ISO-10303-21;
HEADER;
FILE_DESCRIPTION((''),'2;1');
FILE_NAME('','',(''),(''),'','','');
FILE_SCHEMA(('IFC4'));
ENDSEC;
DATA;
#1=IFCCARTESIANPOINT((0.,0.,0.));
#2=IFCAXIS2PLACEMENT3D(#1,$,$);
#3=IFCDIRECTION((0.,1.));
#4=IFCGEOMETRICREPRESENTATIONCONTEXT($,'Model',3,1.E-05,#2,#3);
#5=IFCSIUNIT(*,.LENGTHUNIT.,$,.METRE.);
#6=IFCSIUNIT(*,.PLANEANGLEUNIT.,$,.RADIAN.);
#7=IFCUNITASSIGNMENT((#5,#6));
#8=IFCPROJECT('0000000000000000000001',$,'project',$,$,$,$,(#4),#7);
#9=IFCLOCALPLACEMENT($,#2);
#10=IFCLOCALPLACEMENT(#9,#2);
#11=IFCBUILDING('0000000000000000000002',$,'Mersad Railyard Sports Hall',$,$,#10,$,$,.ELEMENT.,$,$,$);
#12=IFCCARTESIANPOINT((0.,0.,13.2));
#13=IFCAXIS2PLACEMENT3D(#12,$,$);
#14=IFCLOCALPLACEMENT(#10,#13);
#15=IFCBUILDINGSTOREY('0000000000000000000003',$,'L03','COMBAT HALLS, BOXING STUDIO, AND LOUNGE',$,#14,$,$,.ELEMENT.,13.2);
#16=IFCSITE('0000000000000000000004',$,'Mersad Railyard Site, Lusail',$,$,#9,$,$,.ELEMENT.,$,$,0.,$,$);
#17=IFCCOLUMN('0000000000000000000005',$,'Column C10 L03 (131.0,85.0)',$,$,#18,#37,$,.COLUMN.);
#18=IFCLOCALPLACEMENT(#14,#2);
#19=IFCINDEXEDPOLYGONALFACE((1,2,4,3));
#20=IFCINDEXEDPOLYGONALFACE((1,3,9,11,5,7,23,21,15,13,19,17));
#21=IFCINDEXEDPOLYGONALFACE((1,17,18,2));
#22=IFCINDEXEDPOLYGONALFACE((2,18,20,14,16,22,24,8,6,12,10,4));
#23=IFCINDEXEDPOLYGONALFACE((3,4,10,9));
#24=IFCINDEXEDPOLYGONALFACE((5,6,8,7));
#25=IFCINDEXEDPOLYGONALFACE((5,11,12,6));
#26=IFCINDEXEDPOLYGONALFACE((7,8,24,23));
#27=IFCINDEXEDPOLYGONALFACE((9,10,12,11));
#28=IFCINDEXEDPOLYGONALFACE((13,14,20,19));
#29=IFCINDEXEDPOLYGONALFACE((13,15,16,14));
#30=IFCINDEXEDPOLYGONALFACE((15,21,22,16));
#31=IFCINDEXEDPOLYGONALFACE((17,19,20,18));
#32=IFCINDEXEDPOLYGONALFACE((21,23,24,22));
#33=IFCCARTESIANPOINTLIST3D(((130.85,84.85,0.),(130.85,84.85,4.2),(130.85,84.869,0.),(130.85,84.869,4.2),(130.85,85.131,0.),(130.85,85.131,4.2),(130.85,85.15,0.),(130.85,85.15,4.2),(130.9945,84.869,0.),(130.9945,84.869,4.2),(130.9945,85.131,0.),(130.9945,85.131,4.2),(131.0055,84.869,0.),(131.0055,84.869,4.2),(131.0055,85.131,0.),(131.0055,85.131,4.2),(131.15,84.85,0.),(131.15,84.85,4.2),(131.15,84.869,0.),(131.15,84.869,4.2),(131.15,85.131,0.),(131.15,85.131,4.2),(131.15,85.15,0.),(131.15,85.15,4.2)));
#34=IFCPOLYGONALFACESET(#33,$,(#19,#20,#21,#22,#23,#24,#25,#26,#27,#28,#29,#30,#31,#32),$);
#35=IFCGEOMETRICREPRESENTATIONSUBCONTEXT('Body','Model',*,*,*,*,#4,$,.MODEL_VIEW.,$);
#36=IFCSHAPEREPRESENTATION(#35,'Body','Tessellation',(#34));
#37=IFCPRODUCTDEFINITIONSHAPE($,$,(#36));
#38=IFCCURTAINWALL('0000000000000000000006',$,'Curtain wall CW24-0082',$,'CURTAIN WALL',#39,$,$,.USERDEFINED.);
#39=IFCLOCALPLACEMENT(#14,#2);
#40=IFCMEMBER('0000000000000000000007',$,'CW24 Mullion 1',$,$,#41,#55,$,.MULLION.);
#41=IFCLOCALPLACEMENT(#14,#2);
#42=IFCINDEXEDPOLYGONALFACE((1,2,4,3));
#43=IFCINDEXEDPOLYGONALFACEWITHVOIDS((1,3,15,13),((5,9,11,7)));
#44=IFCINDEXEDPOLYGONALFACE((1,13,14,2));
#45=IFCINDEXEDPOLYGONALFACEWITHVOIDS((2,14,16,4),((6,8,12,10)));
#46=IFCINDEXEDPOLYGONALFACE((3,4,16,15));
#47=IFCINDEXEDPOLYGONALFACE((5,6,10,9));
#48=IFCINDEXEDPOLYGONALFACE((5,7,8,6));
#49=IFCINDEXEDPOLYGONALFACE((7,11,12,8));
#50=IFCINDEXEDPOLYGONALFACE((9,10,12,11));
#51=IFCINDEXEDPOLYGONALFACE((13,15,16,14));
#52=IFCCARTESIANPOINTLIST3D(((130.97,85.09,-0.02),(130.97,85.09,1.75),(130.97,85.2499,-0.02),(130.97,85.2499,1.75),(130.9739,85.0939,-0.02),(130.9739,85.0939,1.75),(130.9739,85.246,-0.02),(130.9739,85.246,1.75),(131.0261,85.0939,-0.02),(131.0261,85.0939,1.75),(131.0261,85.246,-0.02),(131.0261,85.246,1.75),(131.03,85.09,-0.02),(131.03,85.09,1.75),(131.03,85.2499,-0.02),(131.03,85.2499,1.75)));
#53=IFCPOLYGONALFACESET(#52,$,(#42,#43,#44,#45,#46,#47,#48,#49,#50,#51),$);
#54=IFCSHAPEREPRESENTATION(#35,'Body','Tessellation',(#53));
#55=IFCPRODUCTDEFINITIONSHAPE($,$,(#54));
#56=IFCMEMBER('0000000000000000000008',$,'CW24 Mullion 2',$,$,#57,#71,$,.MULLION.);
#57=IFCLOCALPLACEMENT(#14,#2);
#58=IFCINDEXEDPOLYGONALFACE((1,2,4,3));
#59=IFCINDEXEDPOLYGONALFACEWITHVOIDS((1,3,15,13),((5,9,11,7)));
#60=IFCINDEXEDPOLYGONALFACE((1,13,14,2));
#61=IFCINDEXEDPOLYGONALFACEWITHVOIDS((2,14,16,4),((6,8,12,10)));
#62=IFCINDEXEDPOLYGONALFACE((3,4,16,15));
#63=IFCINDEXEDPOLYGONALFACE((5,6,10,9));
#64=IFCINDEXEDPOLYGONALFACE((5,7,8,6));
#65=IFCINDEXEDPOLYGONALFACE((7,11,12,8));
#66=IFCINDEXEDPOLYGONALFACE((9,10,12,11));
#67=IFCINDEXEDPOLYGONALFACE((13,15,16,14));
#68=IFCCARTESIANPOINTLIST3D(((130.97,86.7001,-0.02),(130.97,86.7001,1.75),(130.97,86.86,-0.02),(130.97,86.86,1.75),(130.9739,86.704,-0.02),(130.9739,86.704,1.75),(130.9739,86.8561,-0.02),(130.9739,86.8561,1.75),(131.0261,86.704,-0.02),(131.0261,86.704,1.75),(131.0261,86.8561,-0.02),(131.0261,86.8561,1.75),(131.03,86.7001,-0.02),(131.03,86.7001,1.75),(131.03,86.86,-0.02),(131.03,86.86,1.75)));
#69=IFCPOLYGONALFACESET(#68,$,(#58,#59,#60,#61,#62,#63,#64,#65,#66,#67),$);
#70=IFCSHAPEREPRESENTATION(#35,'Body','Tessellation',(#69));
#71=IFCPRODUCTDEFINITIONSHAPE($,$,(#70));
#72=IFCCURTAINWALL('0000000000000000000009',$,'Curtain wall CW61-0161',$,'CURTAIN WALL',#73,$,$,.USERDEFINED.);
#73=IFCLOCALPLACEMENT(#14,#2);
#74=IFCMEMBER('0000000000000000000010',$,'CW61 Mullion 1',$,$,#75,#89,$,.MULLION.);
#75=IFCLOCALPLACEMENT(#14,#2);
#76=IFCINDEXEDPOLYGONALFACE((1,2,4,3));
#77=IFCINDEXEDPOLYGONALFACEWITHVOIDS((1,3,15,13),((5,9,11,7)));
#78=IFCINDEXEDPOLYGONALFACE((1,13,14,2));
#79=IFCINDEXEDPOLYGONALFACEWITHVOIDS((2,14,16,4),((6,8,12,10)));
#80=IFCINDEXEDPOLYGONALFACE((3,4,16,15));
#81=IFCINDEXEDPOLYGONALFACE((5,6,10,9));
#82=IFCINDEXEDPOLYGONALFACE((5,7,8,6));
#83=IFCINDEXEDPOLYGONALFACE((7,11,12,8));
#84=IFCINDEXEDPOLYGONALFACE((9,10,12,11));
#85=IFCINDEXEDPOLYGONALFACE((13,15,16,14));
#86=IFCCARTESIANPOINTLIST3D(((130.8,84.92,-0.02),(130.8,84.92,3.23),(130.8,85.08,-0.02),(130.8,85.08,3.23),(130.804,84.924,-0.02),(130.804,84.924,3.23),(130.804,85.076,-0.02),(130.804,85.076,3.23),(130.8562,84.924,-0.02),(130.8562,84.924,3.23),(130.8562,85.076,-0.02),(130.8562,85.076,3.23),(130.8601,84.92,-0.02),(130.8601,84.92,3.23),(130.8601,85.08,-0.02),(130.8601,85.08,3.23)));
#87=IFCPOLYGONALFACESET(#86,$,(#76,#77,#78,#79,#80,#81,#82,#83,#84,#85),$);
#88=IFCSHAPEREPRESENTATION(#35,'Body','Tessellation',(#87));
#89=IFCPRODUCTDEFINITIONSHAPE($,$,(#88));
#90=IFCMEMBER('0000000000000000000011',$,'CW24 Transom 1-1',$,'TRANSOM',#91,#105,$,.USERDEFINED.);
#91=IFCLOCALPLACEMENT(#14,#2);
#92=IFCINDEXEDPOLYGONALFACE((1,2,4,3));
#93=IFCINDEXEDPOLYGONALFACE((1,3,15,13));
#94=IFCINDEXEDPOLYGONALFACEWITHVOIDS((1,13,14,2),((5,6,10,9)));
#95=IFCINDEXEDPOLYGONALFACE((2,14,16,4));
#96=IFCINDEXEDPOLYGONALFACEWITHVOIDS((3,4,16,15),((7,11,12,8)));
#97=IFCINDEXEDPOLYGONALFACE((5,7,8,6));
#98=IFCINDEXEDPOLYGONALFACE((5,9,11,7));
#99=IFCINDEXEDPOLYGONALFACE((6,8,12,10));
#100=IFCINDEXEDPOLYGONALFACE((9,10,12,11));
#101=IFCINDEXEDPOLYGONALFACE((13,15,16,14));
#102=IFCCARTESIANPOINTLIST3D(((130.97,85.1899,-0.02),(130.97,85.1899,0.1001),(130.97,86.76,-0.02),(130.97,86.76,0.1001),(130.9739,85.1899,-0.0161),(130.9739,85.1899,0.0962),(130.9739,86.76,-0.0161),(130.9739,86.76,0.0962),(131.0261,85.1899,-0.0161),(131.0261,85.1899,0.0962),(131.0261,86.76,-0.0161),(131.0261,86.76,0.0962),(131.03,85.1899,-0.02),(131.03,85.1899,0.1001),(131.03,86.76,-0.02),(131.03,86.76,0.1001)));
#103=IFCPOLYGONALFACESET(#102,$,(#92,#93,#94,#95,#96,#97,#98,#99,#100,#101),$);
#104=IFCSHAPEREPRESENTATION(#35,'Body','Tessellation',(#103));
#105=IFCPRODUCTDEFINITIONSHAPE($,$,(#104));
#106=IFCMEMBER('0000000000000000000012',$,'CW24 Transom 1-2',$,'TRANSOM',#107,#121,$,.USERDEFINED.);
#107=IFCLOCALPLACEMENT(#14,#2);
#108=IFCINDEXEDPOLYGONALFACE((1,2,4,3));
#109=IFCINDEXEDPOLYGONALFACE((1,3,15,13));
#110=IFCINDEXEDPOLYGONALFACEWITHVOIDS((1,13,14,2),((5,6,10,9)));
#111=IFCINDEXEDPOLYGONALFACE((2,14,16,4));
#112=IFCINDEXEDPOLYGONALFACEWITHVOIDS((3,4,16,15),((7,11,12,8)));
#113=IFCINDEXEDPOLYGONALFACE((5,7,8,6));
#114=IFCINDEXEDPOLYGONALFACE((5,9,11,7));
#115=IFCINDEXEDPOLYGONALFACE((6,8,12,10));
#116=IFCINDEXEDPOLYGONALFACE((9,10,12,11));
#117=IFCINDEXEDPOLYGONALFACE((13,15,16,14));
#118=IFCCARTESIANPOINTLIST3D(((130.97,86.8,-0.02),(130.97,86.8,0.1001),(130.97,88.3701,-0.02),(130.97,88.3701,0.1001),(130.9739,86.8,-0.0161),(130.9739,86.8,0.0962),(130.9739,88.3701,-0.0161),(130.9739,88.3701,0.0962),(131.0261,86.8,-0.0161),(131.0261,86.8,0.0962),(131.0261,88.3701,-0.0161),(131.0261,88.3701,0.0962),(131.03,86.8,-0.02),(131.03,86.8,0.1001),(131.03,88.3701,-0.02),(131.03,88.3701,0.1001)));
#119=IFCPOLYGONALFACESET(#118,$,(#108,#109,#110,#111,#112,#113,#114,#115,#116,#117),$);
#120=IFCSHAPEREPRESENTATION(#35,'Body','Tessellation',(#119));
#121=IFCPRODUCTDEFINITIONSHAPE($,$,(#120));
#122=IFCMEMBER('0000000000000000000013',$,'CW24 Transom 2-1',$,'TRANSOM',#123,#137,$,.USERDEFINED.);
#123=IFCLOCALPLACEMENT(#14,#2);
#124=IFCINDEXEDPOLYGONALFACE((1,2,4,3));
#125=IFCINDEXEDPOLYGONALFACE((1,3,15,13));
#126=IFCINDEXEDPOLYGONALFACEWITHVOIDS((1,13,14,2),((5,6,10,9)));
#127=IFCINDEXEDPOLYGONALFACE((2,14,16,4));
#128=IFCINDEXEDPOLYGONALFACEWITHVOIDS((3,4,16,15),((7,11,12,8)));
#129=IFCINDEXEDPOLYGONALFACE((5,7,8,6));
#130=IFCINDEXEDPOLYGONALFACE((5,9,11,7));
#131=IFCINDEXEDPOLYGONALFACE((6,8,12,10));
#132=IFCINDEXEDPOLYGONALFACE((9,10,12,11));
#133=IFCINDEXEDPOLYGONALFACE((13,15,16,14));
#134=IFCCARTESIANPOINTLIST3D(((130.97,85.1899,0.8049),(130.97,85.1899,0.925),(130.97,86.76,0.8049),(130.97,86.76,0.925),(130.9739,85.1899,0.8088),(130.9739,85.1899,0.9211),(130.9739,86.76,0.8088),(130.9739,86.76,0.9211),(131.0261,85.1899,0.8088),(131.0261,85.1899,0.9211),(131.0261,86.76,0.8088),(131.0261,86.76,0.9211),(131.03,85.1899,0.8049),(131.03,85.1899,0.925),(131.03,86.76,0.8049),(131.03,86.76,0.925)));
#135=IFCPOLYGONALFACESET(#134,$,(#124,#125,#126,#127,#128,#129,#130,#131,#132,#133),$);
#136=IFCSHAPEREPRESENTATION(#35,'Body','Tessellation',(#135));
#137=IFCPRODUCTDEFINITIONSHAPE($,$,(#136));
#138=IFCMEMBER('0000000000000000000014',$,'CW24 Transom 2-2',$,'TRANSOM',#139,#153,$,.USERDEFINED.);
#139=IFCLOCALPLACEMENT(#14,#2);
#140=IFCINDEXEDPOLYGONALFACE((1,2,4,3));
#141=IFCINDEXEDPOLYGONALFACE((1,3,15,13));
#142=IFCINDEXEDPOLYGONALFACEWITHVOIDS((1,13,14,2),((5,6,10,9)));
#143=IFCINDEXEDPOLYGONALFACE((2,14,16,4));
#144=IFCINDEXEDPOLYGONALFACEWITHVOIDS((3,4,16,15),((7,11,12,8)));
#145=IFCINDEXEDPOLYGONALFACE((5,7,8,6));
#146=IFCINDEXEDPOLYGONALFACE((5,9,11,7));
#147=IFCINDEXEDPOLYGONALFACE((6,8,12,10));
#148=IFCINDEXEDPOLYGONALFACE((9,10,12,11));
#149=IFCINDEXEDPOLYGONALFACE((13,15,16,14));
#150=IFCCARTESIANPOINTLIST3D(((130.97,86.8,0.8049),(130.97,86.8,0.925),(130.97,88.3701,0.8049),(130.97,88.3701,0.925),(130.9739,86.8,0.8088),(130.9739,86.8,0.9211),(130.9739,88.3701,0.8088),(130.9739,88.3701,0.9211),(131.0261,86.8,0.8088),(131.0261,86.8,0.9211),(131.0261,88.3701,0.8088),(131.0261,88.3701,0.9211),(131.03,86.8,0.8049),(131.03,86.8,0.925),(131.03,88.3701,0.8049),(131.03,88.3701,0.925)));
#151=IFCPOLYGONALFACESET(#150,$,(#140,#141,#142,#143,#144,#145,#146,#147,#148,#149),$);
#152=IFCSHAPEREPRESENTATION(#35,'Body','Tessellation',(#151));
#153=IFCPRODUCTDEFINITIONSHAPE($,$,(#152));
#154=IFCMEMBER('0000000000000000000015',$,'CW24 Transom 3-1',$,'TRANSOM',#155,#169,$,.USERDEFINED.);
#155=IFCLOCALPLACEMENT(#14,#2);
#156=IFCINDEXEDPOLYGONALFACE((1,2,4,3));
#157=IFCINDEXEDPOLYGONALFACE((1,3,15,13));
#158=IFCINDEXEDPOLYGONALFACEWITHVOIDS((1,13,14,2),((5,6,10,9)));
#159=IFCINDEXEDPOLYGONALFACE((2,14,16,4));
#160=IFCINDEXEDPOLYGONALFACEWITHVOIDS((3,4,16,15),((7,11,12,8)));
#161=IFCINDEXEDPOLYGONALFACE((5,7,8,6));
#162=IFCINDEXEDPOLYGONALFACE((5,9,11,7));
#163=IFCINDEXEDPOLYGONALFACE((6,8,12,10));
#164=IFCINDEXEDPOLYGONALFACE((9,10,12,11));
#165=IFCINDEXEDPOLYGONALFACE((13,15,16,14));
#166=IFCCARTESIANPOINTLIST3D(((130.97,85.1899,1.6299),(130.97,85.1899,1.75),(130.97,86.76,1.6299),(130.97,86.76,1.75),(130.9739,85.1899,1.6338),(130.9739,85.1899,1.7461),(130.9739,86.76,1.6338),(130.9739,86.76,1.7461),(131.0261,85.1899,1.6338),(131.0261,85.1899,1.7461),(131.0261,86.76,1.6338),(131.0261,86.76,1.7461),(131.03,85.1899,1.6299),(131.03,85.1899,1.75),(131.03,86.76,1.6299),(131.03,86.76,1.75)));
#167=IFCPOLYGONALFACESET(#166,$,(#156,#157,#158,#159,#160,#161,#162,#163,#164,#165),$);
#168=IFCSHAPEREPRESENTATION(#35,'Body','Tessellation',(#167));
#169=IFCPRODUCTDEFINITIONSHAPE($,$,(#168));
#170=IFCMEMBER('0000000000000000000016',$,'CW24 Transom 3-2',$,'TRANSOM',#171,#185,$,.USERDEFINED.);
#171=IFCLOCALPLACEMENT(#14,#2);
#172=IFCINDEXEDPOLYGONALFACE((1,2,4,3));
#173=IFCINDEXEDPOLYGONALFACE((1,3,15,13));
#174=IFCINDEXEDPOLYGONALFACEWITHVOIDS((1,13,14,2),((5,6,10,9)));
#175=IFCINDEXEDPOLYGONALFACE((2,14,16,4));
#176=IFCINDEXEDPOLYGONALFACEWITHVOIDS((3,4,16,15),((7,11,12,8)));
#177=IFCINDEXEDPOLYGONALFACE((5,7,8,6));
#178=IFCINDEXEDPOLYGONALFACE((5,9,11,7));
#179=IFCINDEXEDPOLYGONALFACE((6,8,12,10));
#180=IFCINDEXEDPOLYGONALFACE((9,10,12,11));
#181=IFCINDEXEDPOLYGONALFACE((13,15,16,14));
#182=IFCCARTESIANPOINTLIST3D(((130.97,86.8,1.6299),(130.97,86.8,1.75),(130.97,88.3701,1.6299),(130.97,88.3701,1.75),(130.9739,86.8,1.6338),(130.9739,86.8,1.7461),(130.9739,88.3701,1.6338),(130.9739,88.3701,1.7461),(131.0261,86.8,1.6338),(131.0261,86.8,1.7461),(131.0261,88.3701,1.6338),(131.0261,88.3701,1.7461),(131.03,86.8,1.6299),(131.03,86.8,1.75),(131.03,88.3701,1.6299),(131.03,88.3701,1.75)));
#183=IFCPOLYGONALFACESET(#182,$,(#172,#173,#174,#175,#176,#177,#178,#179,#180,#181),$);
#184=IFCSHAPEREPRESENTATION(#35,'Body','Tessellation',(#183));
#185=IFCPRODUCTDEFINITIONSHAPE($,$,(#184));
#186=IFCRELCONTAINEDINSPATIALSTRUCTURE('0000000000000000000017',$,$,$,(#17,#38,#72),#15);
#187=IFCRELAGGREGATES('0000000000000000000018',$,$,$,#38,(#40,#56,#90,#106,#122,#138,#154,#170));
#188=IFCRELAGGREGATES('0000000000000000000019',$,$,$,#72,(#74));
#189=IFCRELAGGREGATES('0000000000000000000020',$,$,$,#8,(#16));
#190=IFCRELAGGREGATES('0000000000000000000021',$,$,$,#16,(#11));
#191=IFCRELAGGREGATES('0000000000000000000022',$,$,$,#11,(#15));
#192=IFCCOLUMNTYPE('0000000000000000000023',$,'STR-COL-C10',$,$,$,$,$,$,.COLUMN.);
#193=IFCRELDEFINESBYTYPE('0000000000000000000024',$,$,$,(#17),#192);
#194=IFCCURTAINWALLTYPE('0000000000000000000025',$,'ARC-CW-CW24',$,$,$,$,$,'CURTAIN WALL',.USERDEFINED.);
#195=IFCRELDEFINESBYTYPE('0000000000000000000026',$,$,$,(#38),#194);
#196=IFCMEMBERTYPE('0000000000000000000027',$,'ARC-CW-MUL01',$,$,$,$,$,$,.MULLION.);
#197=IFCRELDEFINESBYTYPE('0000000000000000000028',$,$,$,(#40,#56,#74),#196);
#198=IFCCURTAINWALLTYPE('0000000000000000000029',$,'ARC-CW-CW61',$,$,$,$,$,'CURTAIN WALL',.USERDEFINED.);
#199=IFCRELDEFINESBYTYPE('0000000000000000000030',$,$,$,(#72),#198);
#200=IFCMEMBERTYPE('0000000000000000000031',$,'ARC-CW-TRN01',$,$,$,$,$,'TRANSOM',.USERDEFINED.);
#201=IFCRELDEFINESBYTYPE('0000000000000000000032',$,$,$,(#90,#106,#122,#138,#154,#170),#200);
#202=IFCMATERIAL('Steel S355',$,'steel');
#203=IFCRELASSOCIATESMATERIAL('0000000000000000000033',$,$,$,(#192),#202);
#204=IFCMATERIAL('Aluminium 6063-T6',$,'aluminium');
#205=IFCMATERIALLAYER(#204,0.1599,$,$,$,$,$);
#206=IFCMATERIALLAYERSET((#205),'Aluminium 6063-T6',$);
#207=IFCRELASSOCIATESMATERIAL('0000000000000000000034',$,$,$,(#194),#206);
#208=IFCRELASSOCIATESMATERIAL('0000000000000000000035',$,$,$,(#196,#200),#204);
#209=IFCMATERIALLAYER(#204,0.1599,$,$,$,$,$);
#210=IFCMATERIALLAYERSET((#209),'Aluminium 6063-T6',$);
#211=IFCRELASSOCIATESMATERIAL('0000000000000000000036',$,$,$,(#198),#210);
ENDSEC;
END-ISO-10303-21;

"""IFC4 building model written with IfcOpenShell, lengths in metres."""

from ifc_helpers import new_model, si_unit, direction, frame, origin, origin_2d, place, context, subcontext, project, spatial, hollow_rectangle, i_section, extrude, material, layer, layer_set, material_profile, profile_set, type_object, element, aggregate, save


model = new_model("IFC4")

# Units and contexts
model_context = context("Model", 3, precision=1e-05, world=origin(), true_north=direction((0.0, 1.0)))
body_context = subcontext(model_context, "Body", "Model", "MODEL_VIEW")
ifc_project = project(units=[si_unit("LENGTHUNIT", "METRE"), si_unit("PLANEANGLEUNIT", "RADIAN")], contexts=[model_context])

# Site, building, storey
site_placement = place(None, origin())
site = spatial("IfcSite", under=ifc_project, at=site_placement, Name="Mersad Railyard Site, Lusail", CompositionType="ELEMENT", RefElevation=0.0)
building_placement = place(site_placement, origin())
building = spatial("IfcBuilding", under=site, at=building_placement, Name="Mersad Railyard Sports Hall", CompositionType="ELEMENT")
storey_placement = place(building_placement, frame((0.0, 0.0, 13.2)))
storey = spatial("IfcBuildingStorey", under=building, at=storey_placement, Name="L03", Description="COMBAT HALLS, BOXING STUDIO, AND LOUNGE", CompositionType="ELEMENT", Elevation=13.2)

# Column
ifc_material_1 = material(Name="Steel S355", Category="steel")
ifc_material_profile_1 = material_profile(ifc_material_1, i_section(OverallWidth=0.3, OverallDepth=0.3, WebThickness=0.011, FlangeThickness=0.019, at=origin_2d()), Name="HEB 300")
ifc_profile_set_1 = profile_set([ifc_material_profile_1], Name="Steel S355")
column_type = type_object("IfcColumnType", Name="STR-COL-C10", PredefinedType="COLUMN", material=ifc_profile_set_1)
column_placement = place(storey_placement, frame((131.0, 85.0, 0.0), z_axis=(0.0, 0.0, 1.0), x_axis=(1.0, 0.0, 0.0)))
element("IfcColumn", 1, at=column_placement, inside=storey, type_object=column_type, Name="Column C10 L03 (131.0,85.0)", PredefinedType="COLUMN", context=body_context, shape_type="SweptSolid", body=[
    extrude(i_section(OverallWidth=0.3, OverallDepth=0.3, WebThickness=0.011, FlangeThickness=0.019, at=origin_2d()), origin(), (0.0, 0.0, 1.0), 4.2),
])

# Curtain wall, members
ifc_material_2 = material(Name="Aluminium 6063-T6", Category="aluminium")
ifc_layer_1 = layer(ifc_material_2, 0.1599)
ifc_layer_set_1 = layer_set([ifc_layer_1], Name="Aluminium 6063-T6")
curtain_wall_type_1 = type_object("IfcCurtainWallType", Name="ARC-CW-CW24", ElementType="CURTAIN WALL", PredefinedType="USERDEFINED", material=ifc_layer_set_1)
curtain_wall_1_placement = place(storey_placement, origin())
curtain_wall_1 = element("IfcCurtainWall", 2, at=curtain_wall_1_placement, inside=storey, type_object=curtain_wall_type_1, Name="Curtain wall CW24-0082", ObjectType="CURTAIN WALL", PredefinedType="USERDEFINED")
ifc_material_profile_2 = material_profile(ifc_material_2, hollow_rectangle(XDim=0.0601, YDim=0.1599, WallThickness=0.0039, at=origin_2d()), Name="AL MULLION 60x160x4")
ifc_profile_set_2 = profile_set([ifc_material_profile_2], Name="Aluminium 6063-T6")
member_type_1 = type_object("IfcMemberType", Name="ARC-CW-MUL01", PredefinedType="MULLION", material=ifc_profile_set_2)
member_1_placement = place(storey_placement, frame((131.0, 85.1699, -0.02), z_axis=(0.0, 0.0, 1.0), x_axis=(1.0, 0.0, 0.0)))
member_1 = element("IfcMember", 3, at=member_1_placement, type_object=member_type_1, Name="CW24 Mullion 1", PredefinedType="MULLION", context=body_context, shape_type="SweptSolid", body=[
    extrude(hollow_rectangle(XDim=0.0601, YDim=0.1599, WallThickness=0.0039, at=origin_2d()), origin(), (0.0, 0.0, 1.0), 1.77),
])
member_2_placement = place(storey_placement, frame((131.0, 86.78, -0.02), z_axis=(0.0, 0.0, 1.0), x_axis=(1.0, 0.0, 0.0)))
member_2 = element("IfcMember", 4, at=member_2_placement, type_object=member_type_1, Name="CW24 Mullion 2", PredefinedType="MULLION", context=body_context, shape_type="SweptSolid", body=[
    extrude(hollow_rectangle(XDim=0.0601, YDim=0.1599, WallThickness=0.0039, at=origin_2d()), origin(), (0.0, 0.0, 1.0), 1.77),
])

# Curtain wall, member
ifc_layer_2 = layer(ifc_material_2, 0.1599)
ifc_layer_set_2 = layer_set([ifc_layer_2], Name="Aluminium 6063-T6")
curtain_wall_type_2 = type_object("IfcCurtainWallType", Name="ARC-CW-CW61", ElementType="CURTAIN WALL", PredefinedType="USERDEFINED", material=ifc_layer_set_2)
curtain_wall_2_placement = place(storey_placement, origin())
curtain_wall_2 = element("IfcCurtainWall", 5, at=curtain_wall_2_placement, inside=storey, type_object=curtain_wall_type_2, Name="Curtain wall CW61-0161", ObjectType="CURTAIN WALL", PredefinedType="USERDEFINED")
member_3_placement = place(storey_placement, frame((130.8301, 85.0, -0.02), z_axis=(0.0, 0.0, 1.0), x_axis=(1.0, 0.0, 0.0)))
member_3 = element("IfcMember", 6, at=member_3_placement, type_object=member_type_1, Name="CW61 Mullion 1", PredefinedType="MULLION", context=body_context, shape_type="SweptSolid", body=[
    extrude(hollow_rectangle(XDim=0.0601, YDim=0.1599, WallThickness=0.0039, at=origin_2d()), origin(), (0.0, 0.0, 1.0), 3.25),
])

# Members
ifc_material_profile_3 = material_profile(ifc_material_2, hollow_rectangle(XDim=0.0601, YDim=0.1201, WallThickness=0.0039, at=origin_2d()), Name="AL TRANSOM 60x120x4")
ifc_profile_set_3 = profile_set([ifc_material_profile_3], Name="Aluminium 6063-T6")
member_type_2 = type_object("IfcMemberType", Name="ARC-CW-TRN01", ElementType="TRANSOM", PredefinedType="USERDEFINED", material=ifc_profile_set_3)
member_4_placement = place(storey_placement, frame((131.0, 85.1899, 0.04), z_axis=(0.0, 1.0, 0.0), x_axis=(-1.0, 0.0, 0.0)))
member_4 = element("IfcMember", 7, at=member_4_placement, type_object=member_type_2, Name="CW24 Transom 1-1", ObjectType="TRANSOM", PredefinedType="USERDEFINED", context=body_context, shape_type="SweptSolid", body=[
    extrude(hollow_rectangle(XDim=0.0601, YDim=0.1201, WallThickness=0.0039, at=origin_2d()), origin(), (0.0, 0.0, 1.0), 1.5701),
])
member_5_placement = place(storey_placement, frame((131.0, 86.8, 0.04), z_axis=(0.0, 1.0, 0.0), x_axis=(-1.0, 0.0, 0.0)))
member_5 = element("IfcMember", 8, at=member_5_placement, type_object=member_type_2, Name="CW24 Transom 1-2", ObjectType="TRANSOM", PredefinedType="USERDEFINED", context=body_context, shape_type="SweptSolid", body=[
    extrude(hollow_rectangle(XDim=0.0601, YDim=0.1201, WallThickness=0.0039, at=origin_2d()), origin(), (0.0, 0.0, 1.0), 1.5701),
])
member_6_placement = place(storey_placement, frame((131.0, 85.1899, 0.865), z_axis=(0.0, 1.0, 0.0), x_axis=(-1.0, 0.0, 0.0)))
member_6 = element("IfcMember", 9, at=member_6_placement, type_object=member_type_2, Name="CW24 Transom 2-1", ObjectType="TRANSOM", PredefinedType="USERDEFINED", context=body_context, shape_type="SweptSolid", body=[
    extrude(hollow_rectangle(XDim=0.0601, YDim=0.1201, WallThickness=0.0039, at=origin_2d()), origin(), (0.0, 0.0, 1.0), 1.5701),
])
member_7_placement = place(storey_placement, frame((131.0, 86.8, 0.865), z_axis=(0.0, 1.0, 0.0), x_axis=(-1.0, 0.0, 0.0)))
member_7 = element("IfcMember", 10, at=member_7_placement, type_object=member_type_2, Name="CW24 Transom 2-2", ObjectType="TRANSOM", PredefinedType="USERDEFINED", context=body_context, shape_type="SweptSolid", body=[
    extrude(hollow_rectangle(XDim=0.0601, YDim=0.1201, WallThickness=0.0039, at=origin_2d()), origin(), (0.0, 0.0, 1.0), 1.5701),
])
member_8_placement = place(storey_placement, frame((131.0, 85.1899, 1.6899), z_axis=(0.0, 1.0, 0.0), x_axis=(-1.0, 0.0, 0.0)))
member_8 = element("IfcMember", 11, at=member_8_placement, type_object=member_type_2, Name="CW24 Transom 3-1", ObjectType="TRANSOM", PredefinedType="USERDEFINED", context=body_context, shape_type="SweptSolid", body=[
    extrude(hollow_rectangle(XDim=0.0601, YDim=0.1201, WallThickness=0.0039, at=origin_2d()), origin(), (0.0, 0.0, 1.0), 1.5701),
])
member_9_placement = place(storey_placement, frame((131.0, 86.8, 1.6899), z_axis=(0.0, 1.0, 0.0), x_axis=(-1.0, 0.0, 0.0)))
member_9 = element("IfcMember", 12, at=member_9_placement, type_object=member_type_2, Name="CW24 Transom 3-2", ObjectType="TRANSOM", PredefinedType="USERDEFINED", context=body_context, shape_type="SweptSolid", body=[
    extrude(hollow_rectangle(XDim=0.0601, YDim=0.1201, WallThickness=0.0039, at=origin_2d()), origin(), (0.0, 0.0, 1.0), 1.5701),
])

aggregate(curtain_wall_1, [member_1, member_2, member_4, member_5, member_6, member_7, member_8, member_9])
aggregate(curtain_wall_2, [member_3])

save(model, "model.ifc")
